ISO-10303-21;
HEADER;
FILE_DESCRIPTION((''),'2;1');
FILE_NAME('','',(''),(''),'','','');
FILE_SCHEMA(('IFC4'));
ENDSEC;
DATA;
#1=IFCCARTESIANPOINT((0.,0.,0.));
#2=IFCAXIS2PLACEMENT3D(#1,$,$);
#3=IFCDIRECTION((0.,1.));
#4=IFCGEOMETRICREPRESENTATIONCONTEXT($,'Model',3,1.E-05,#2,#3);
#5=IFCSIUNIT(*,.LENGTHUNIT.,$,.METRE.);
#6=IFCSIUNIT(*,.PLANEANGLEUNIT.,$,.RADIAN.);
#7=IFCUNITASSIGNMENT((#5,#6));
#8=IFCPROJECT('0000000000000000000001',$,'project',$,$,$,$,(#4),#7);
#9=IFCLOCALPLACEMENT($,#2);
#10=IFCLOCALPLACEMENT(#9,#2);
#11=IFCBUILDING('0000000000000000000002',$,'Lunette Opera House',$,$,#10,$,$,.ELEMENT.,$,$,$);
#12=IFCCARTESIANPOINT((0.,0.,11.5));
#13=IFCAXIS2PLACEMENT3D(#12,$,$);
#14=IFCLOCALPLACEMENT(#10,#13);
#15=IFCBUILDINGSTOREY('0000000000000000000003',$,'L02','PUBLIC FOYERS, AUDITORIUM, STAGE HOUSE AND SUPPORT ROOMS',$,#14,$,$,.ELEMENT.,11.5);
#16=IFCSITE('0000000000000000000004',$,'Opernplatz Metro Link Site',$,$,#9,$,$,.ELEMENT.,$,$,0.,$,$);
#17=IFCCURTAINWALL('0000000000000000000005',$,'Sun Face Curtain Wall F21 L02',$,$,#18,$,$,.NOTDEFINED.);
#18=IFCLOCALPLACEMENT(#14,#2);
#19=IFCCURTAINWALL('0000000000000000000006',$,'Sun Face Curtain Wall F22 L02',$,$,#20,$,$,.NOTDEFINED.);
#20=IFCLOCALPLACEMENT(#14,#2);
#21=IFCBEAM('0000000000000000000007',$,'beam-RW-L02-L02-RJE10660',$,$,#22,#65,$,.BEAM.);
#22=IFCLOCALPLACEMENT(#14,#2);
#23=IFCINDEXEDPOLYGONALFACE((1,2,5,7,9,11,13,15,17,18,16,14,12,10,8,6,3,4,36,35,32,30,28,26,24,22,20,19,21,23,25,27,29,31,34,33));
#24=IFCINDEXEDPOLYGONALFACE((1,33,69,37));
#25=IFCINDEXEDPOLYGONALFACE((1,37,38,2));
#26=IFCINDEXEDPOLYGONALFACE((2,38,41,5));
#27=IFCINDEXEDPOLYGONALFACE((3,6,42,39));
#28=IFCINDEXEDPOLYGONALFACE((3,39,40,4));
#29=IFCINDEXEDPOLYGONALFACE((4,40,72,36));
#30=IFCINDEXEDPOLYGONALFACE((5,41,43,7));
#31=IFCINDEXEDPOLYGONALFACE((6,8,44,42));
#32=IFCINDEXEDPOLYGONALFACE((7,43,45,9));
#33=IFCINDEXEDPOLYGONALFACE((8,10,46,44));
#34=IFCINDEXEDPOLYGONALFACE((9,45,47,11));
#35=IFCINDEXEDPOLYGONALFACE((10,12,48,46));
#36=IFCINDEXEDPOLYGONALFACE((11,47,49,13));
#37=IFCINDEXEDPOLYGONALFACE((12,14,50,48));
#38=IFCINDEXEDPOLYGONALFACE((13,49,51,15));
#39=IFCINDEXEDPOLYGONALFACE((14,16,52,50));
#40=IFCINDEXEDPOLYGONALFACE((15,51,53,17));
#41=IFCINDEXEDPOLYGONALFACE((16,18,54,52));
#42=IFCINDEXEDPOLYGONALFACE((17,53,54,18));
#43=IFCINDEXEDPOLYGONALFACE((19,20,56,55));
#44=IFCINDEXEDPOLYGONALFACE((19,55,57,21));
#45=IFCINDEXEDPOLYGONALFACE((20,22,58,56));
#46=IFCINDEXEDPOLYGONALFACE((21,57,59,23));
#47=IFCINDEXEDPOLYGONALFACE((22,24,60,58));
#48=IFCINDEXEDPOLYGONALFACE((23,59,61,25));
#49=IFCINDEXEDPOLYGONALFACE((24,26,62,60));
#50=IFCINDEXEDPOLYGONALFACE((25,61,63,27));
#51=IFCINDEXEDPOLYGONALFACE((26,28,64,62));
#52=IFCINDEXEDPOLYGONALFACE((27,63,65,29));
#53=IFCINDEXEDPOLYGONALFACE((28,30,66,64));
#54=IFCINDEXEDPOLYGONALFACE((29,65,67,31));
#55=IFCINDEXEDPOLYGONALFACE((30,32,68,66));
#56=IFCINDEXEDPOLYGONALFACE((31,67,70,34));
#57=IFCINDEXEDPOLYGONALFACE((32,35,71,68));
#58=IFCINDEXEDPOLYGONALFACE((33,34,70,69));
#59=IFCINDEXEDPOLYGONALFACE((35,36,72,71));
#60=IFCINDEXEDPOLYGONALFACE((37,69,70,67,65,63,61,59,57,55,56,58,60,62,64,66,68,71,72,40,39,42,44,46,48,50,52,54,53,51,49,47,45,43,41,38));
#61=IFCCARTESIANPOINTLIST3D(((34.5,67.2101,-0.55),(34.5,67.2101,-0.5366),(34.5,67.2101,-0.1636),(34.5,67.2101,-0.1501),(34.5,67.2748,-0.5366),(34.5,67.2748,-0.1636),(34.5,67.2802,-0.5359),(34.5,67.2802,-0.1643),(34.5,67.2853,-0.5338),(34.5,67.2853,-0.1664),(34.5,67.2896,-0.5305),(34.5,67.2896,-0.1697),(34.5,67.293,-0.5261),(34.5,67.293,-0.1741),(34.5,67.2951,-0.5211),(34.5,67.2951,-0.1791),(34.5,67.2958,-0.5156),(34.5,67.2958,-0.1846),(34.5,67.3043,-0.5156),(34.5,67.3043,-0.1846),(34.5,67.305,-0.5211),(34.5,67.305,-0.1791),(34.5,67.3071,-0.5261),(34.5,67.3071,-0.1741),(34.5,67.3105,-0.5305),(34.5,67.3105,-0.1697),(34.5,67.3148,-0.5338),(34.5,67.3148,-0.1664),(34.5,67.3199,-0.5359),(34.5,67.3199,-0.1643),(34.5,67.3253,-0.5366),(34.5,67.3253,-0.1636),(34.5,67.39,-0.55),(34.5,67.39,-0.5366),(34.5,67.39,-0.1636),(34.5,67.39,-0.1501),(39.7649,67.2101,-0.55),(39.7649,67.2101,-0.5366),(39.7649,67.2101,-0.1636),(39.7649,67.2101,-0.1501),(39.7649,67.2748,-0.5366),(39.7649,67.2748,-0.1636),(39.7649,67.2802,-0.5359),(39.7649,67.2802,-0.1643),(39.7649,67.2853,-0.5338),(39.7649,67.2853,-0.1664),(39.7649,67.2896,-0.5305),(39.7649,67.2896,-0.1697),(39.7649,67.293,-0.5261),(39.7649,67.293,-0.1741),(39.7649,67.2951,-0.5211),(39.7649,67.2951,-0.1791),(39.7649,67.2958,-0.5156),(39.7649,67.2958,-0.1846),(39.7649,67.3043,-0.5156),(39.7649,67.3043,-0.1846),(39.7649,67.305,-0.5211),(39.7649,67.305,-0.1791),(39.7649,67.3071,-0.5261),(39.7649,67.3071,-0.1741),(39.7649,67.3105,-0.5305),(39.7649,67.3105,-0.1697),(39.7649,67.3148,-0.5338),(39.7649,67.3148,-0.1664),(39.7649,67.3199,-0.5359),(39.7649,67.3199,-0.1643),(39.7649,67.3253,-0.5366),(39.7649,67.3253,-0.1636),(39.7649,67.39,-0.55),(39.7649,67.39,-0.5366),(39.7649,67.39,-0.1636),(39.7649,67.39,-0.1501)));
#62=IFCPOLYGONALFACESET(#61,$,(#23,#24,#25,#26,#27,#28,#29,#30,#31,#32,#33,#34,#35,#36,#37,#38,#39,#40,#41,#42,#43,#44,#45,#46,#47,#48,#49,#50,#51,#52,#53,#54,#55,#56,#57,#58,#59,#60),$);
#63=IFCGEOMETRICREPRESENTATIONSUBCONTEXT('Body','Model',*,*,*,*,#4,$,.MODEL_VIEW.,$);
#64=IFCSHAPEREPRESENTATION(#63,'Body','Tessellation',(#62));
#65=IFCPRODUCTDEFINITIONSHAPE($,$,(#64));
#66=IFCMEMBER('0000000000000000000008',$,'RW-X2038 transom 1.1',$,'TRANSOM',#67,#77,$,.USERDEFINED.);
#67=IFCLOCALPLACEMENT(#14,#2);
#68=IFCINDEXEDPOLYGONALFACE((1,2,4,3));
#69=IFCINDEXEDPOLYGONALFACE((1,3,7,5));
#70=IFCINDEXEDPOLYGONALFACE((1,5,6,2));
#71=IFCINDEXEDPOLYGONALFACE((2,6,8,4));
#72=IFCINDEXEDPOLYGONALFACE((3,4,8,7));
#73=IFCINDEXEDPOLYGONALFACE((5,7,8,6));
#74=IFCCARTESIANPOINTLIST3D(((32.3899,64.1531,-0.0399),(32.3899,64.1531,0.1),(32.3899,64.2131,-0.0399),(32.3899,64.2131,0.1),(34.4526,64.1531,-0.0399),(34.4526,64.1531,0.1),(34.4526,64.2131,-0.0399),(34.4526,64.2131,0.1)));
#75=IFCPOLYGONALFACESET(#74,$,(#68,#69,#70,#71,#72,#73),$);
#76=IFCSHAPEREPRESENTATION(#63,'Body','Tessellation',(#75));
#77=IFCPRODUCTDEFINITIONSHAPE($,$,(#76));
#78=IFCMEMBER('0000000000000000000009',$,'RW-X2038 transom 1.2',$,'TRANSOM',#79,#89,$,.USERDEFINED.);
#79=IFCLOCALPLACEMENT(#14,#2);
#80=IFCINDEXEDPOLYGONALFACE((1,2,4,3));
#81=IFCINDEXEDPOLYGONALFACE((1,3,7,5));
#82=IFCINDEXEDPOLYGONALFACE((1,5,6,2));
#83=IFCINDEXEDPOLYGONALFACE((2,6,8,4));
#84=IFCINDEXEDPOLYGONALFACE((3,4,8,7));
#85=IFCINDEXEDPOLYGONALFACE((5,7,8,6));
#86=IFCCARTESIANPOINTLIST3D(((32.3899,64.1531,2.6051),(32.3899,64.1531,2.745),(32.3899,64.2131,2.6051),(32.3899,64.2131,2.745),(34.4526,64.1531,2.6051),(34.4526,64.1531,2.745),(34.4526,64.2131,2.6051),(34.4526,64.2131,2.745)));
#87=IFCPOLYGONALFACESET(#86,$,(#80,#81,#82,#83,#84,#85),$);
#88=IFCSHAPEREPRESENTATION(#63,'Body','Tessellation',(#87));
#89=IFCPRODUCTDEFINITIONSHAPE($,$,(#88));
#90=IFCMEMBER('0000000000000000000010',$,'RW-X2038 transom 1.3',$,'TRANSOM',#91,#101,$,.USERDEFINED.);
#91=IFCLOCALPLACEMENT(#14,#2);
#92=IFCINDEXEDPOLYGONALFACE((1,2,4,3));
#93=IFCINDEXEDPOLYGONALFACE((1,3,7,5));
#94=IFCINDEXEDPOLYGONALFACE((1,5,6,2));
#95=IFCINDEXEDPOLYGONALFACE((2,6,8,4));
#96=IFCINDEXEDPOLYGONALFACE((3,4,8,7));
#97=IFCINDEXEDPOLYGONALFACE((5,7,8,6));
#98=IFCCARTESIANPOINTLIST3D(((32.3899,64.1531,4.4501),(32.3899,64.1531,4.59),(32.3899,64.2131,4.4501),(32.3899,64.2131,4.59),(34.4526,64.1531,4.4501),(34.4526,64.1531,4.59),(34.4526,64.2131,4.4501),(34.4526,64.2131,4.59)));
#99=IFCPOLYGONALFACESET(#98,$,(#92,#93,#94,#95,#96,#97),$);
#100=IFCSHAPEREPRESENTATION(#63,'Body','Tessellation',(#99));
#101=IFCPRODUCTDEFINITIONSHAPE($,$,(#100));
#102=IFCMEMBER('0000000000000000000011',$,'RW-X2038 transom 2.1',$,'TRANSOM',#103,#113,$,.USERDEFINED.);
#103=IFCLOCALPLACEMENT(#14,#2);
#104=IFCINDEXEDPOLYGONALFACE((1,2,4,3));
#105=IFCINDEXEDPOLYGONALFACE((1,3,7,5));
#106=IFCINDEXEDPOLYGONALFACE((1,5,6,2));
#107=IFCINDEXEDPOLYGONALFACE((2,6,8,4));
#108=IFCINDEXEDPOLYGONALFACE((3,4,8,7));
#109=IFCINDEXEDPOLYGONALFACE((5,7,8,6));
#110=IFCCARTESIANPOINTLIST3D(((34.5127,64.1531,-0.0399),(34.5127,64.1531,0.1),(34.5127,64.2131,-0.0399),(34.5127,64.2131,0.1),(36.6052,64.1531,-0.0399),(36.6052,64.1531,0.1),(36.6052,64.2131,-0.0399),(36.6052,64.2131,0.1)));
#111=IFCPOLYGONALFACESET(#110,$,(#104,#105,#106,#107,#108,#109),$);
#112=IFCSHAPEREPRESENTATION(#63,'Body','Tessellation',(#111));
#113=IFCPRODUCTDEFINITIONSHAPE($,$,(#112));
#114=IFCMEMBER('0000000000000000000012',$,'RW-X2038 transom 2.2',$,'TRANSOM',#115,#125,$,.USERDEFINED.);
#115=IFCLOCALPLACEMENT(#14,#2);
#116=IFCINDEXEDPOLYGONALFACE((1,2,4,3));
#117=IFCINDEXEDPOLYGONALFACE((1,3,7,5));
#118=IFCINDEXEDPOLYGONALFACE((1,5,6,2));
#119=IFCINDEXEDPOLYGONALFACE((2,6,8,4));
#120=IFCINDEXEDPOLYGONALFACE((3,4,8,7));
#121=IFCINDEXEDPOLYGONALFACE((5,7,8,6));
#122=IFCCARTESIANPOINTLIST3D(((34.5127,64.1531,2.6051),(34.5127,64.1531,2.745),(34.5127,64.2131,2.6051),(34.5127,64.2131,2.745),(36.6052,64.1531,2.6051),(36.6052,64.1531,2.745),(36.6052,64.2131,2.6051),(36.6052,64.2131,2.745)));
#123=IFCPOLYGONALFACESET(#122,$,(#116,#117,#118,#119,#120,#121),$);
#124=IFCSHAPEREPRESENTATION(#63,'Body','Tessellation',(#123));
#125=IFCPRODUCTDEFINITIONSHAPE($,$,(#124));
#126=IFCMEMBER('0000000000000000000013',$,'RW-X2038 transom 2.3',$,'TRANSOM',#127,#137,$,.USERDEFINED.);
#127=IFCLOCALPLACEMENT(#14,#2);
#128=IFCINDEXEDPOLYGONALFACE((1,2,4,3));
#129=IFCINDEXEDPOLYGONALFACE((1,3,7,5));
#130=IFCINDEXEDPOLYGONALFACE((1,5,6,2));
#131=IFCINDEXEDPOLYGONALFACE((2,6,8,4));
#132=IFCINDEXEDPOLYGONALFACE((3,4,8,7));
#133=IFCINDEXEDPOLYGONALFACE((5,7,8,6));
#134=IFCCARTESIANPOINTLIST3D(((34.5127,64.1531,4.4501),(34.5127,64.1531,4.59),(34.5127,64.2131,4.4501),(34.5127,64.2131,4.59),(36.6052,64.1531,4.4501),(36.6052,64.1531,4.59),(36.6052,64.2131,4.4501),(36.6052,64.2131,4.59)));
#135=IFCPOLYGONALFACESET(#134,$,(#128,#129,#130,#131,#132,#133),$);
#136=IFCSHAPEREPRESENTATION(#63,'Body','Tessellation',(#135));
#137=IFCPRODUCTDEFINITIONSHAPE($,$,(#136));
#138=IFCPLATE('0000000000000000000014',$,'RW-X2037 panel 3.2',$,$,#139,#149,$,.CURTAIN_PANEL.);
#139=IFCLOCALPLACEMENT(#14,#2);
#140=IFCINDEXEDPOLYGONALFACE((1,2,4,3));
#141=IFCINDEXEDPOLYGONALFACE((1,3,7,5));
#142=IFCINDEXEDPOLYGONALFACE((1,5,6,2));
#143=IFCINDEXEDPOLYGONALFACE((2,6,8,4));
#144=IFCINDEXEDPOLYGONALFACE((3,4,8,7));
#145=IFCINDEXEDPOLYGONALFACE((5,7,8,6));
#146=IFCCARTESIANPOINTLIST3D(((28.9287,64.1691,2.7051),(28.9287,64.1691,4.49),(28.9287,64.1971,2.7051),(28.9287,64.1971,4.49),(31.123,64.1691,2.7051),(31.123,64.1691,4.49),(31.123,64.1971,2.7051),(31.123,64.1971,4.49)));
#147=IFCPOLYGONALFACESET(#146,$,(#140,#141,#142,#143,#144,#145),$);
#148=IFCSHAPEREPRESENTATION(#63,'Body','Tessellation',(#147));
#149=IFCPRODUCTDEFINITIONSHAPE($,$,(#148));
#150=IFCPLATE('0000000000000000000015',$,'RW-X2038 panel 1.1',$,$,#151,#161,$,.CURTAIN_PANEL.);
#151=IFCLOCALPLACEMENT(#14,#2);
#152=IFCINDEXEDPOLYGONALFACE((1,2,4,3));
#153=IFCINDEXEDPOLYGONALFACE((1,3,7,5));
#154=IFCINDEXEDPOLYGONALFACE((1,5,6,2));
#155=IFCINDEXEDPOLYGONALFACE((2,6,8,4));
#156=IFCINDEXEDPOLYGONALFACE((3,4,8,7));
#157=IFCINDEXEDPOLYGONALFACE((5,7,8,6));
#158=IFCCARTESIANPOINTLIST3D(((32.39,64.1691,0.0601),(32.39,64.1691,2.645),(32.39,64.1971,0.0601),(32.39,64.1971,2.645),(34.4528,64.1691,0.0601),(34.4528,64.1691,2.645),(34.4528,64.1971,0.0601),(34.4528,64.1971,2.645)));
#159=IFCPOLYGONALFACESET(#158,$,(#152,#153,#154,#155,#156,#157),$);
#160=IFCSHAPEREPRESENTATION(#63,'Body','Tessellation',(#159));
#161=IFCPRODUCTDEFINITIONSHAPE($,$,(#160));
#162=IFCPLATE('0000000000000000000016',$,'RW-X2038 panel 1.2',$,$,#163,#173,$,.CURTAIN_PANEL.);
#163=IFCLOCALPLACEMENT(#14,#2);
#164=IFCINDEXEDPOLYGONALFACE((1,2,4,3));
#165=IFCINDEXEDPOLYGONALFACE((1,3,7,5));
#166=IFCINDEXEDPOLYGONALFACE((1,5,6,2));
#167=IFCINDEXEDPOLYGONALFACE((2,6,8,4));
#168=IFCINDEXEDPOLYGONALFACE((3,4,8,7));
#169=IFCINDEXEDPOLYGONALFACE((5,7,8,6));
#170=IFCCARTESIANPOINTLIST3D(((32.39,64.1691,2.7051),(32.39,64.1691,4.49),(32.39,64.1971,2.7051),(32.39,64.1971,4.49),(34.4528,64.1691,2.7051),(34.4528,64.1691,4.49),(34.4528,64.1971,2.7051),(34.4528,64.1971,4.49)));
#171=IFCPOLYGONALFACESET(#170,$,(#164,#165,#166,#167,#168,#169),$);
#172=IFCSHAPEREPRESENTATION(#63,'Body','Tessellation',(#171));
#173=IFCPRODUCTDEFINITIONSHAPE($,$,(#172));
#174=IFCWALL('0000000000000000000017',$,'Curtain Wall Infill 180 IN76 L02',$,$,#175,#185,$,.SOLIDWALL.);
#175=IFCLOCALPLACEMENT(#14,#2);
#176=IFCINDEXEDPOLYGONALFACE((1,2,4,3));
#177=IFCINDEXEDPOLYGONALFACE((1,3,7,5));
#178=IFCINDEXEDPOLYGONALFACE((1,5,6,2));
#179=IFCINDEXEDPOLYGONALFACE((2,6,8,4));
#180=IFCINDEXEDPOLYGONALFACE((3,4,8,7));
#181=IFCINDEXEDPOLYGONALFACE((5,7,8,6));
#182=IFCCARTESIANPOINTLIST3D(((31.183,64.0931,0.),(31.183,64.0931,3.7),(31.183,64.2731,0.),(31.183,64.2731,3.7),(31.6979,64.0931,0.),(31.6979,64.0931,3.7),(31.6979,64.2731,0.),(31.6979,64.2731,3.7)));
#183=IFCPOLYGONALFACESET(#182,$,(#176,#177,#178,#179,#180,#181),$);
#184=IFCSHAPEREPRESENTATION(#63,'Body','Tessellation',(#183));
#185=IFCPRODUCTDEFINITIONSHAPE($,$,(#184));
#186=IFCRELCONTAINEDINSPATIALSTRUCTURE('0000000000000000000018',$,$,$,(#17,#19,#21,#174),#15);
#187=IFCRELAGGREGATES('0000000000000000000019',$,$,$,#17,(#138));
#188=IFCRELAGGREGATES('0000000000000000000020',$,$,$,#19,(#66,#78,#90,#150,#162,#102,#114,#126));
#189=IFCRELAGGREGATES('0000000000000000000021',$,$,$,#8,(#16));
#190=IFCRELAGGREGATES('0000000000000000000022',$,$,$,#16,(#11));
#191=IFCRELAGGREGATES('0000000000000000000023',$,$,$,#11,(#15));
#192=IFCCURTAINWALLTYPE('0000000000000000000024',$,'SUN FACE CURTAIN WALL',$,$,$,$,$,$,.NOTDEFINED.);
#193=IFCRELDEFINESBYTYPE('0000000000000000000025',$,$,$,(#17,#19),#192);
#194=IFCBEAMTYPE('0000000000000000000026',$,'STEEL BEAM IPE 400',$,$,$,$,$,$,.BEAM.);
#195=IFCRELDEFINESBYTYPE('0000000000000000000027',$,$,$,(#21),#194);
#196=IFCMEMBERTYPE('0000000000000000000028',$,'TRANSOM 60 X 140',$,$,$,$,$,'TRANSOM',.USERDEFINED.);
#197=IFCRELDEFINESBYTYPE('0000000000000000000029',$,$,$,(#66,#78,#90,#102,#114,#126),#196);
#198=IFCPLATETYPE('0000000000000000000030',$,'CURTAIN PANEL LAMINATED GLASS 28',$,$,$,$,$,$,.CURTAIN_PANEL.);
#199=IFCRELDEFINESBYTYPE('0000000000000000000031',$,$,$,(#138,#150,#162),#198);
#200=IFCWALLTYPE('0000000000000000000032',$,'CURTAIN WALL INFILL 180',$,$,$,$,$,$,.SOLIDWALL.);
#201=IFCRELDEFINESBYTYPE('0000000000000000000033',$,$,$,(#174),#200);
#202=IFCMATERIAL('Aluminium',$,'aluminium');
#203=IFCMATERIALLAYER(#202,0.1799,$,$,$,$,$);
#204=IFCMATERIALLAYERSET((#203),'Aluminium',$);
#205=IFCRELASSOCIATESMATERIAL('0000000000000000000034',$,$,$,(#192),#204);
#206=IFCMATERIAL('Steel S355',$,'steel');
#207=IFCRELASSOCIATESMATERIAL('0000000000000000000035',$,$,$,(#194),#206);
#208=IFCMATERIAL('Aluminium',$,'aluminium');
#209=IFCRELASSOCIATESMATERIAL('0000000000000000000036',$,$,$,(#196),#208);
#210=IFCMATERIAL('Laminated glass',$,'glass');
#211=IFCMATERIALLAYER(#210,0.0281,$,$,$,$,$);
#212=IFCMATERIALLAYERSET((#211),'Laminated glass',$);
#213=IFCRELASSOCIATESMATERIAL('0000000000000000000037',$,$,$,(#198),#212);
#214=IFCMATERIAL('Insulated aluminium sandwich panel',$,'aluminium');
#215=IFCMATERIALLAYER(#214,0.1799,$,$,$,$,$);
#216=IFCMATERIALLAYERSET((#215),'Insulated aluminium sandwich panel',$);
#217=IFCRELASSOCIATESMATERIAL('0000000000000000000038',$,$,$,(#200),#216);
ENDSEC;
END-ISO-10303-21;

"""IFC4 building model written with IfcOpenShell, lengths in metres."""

from ifc_helpers import new_model, si_unit, direction, frame, frame_2d, origin, origin_2d, place, context, subcontext, project, spatial, rectangle, i_section, extrude, material, layer, layer_set, material_profile, profile_set, type_object, element, aggregate, save


model = new_model("IFC4")

# Units and contexts
model_context = context("Model", 3, precision=1e-05, world=origin(), true_north=direction((0.0, 1.0)))
body_context = subcontext(model_context, "Body", "Model", "MODEL_VIEW")
ifc_project = project(units=[si_unit("LENGTHUNIT", "METRE"), si_unit("PLANEANGLEUNIT", "RADIAN")], contexts=[model_context])

# Site, building, storey
site_placement = place(None, origin())
site = spatial("IfcSite", under=ifc_project, at=site_placement, Name="Opernplatz Metro Link Site", CompositionType="ELEMENT", RefElevation=0.0)
building_placement = place(site_placement, origin())
building = spatial("IfcBuilding", under=site, at=building_placement, Name="Lunette Opera House", CompositionType="ELEMENT")
storey_placement = place(building_placement, frame((0.0, 0.0, 11.5)))
storey = spatial("IfcBuildingStorey", under=building, at=storey_placement, Name="L02", Description="PUBLIC FOYERS, AUDITORIUM, STAGE HOUSE AND SUPPORT ROOMS", CompositionType="ELEMENT", Elevation=11.5)

# Curtain wall
ifc_material_1 = material(Name="Aluminium", Category="aluminium")
ifc_layer_1 = layer(ifc_material_1, 0.1799)
ifc_layer_set_1 = layer_set([ifc_layer_1], Name="Aluminium")
curtain_wall_type = type_object("IfcCurtainWallType", Name="SUN FACE CURTAIN WALL", PredefinedType="NOTDEFINED", material=ifc_layer_set_1)
curtain_wall_1_placement = place(storey_placement, origin())
curtain_wall_1 = element("IfcCurtainWall", 1, at=curtain_wall_1_placement, inside=storey, type_object=curtain_wall_type, Name="Sun Face Curtain Wall F21 L02", PredefinedType="NOTDEFINED")

# Curtain wall
curtain_wall_2_placement = place(storey_placement, origin())
curtain_wall_2 = element("IfcCurtainWall", 2, at=curtain_wall_2_placement, inside=storey, type_object=curtain_wall_type, Name="Sun Face Curtain Wall F22 L02", PredefinedType="NOTDEFINED")

# Beam
ifc_material_2 = material(Name="Steel S355", Category="steel")
ifc_material_profile_1 = material_profile(ifc_material_2, i_section(OverallWidth=0.1799, OverallDepth=0.3999, WebThickness=0.0085, FlangeThickness=0.0134, FilletRadius=0.021, at=origin_2d()), Name="IPE 400")
ifc_profile_set_1 = profile_set([ifc_material_profile_1], Name="Steel S355")
beam_type_1 = type_object("IfcBeamType", Name="STEEL BEAM IPE 400", PredefinedType="BEAM", material=ifc_profile_set_1)
beam_1_placement = place(storey_placement, frame((34.5, 67.3, -0.3501), z_axis=(1.0, 0.0, 0.0), x_axis=(0.0, 1.0, 0.0)))
element("IfcBeam", 3, at=beam_1_placement, inside=storey, type_object=beam_type_1, Name="beam-RW-L02-L02-RJE10660", PredefinedType="BEAM", context=body_context, shape_type="SweptSolid", body=[
    extrude(i_section(OverallWidth=0.1799, OverallDepth=0.3999, WebThickness=0.0085, FlangeThickness=0.0134, FilletRadius=0.021, at=origin_2d()), origin(), (0.0, 0.0, 1.0), 5.2649),
])

# Members
ifc_material_3 = material(Name="Aluminium", Category="aluminium")
ifc_material_profile_2 = material_profile(ifc_material_3, rectangle(XDim=0.0601, YDim=0.1399, at=origin_2d()), Name="TRANSOM 60 X 140")
ifc_profile_set_2 = profile_set([ifc_material_profile_2], Name="Aluminium")
member_type_1 = type_object("IfcMemberType", Name="TRANSOM 60 X 140", ElementType="TRANSOM", PredefinedType="USERDEFINED", material=ifc_profile_set_2)
member_1_placement = place(storey_placement, frame((32.3899, 64.1831, 0.03), z_axis=(1.0, 0.0, 0.0), x_axis=(0.0, 1.0, 0.0)))
member_1 = element("IfcMember", 4, at=member_1_placement, type_object=member_type_1, Name="RW-X2038 transom 1.1", ObjectType="TRANSOM", PredefinedType="USERDEFINED", context=body_context, shape_type="SweptSolid", body=[
    extrude(rectangle(XDim=0.0601, YDim=0.1399, at=origin_2d()), origin(), (0.0, 0.0, 1.0), 2.0627),
])
member_2_placement = place(storey_placement, frame((32.3899, 64.1831, 2.675), z_axis=(1.0, 0.0, 0.0), x_axis=(0.0, 1.0, 0.0)))
member_2 = element("IfcMember", 5, at=member_2_placement, type_object=member_type_1, Name="RW-X2038 transom 1.2", ObjectType="TRANSOM", PredefinedType="USERDEFINED", context=body_context, shape_type="SweptSolid", body=[
    extrude(rectangle(XDim=0.0601, YDim=0.1399, at=origin_2d()), origin(), (0.0, 0.0, 1.0), 2.0627),
])
member_3_placement = place(storey_placement, frame((32.3899, 64.1831, 4.52), z_axis=(1.0, 0.0, 0.0), x_axis=(0.0, 1.0, 0.0)))
member_3 = element("IfcMember", 6, at=member_3_placement, type_object=member_type_1, Name="RW-X2038 transom 1.3", ObjectType="TRANSOM", PredefinedType="USERDEFINED", context=body_context, shape_type="SweptSolid", body=[
    extrude(rectangle(XDim=0.0601, YDim=0.1399, at=origin_2d()), origin(), (0.0, 0.0, 1.0), 2.0627),
])
member_4_placement = place(storey_placement, frame((34.5127, 64.1831, 0.03), z_axis=(1.0, 0.0, 0.0), x_axis=(0.0, 1.0, 0.0)))
member_4 = element("IfcMember", 7, at=member_4_placement, type_object=member_type_1, Name="RW-X2038 transom 2.1", ObjectType="TRANSOM", PredefinedType="USERDEFINED", context=body_context, shape_type="SweptSolid", body=[
    extrude(rectangle(XDim=0.0601, YDim=0.1399, at=origin_2d()), origin(), (0.0, 0.0, 1.0), 2.0925),
])
member_5_placement = place(storey_placement, frame((34.5127, 64.1831, 2.675), z_axis=(1.0, 0.0, 0.0), x_axis=(0.0, 1.0, 0.0)))
member_5 = element("IfcMember", 8, at=member_5_placement, type_object=member_type_1, Name="RW-X2038 transom 2.2", ObjectType="TRANSOM", PredefinedType="USERDEFINED", context=body_context, shape_type="SweptSolid", body=[
    extrude(rectangle(XDim=0.0601, YDim=0.1399, at=origin_2d()), origin(), (0.0, 0.0, 1.0), 2.0925),
])
member_6_placement = place(storey_placement, frame((34.5127, 64.1831, 4.52), z_axis=(1.0, 0.0, 0.0), x_axis=(0.0, 1.0, 0.0)))
member_6 = element("IfcMember", 9, at=member_6_placement, type_object=member_type_1, Name="RW-X2038 transom 2.3", ObjectType="TRANSOM", PredefinedType="USERDEFINED", context=body_context, shape_type="SweptSolid", body=[
    extrude(rectangle(XDim=0.0601, YDim=0.1399, at=origin_2d()), origin(), (0.0, 0.0, 1.0), 2.0925),
])

# Plates
ifc_material_4 = material(Name="Laminated glass", Category="glass")
ifc_layer_2 = layer(ifc_material_4, 0.0281)
ifc_layer_set_2 = layer_set([ifc_layer_2], Name="Laminated glass")
plate_type = type_object("IfcPlateType", Name="CURTAIN PANEL LAMINATED GLASS 28", PredefinedType="CURTAIN_PANEL", material=ifc_layer_set_2)
plate_1_placement = place(storey_placement, frame((30.0259, 64.1831, 2.7051), z_axis=(0.0, 0.0, 1.0), x_axis=(1.0, 0.0, 0.0)))
plate_1 = element("IfcPlate", 10, at=plate_1_placement, type_object=plate_type, Name="RW-X2037 panel 3.2", PredefinedType="CURTAIN_PANEL", context=body_context, shape_type="SweptSolid", body=[
    extrude(rectangle(XDim=2.1943, YDim=0.0281, at=origin_2d()), origin(), (0.0, 0.0, 1.0), 1.7849),
])
aggregate(curtain_wall_1, [plate_1])
plate_2_placement = place(storey_placement, frame((33.4214, 64.1831, 0.0601), z_axis=(0.0, 0.0, 1.0), x_axis=(1.0, 0.0, 0.0)))
plate_2 = element("IfcPlate", 11, at=plate_2_placement, type_object=plate_type, Name="RW-X2038 panel 1.1", PredefinedType="CURTAIN_PANEL", context=body_context, shape_type="SweptSolid", body=[
    extrude(rectangle(XDim=2.0627, YDim=0.0281, at=origin_2d()), origin(), (0.0, 0.0, 1.0), 2.585),
])
plate_3_placement = place(storey_placement, frame((33.4214, 64.1831, 2.7051), z_axis=(0.0, 0.0, 1.0), x_axis=(1.0, 0.0, 0.0)))
plate_3 = element("IfcPlate", 12, at=plate_3_placement, type_object=plate_type, Name="RW-X2038 panel 1.2", PredefinedType="CURTAIN_PANEL", context=body_context, shape_type="SweptSolid", body=[
    extrude(rectangle(XDim=2.0627, YDim=0.0281, at=origin_2d()), origin(), (0.0, 0.0, 1.0), 1.7849),
])
aggregate(curtain_wall_2, [member_1, member_2, member_3, plate_2, plate_3, member_4, member_5, member_6])

# Wall
ifc_material_5 = material(Name="Insulated aluminium sandwich panel", Category="aluminium")
ifc_layer_3 = layer(ifc_material_5, 0.1799)
ifc_layer_set_3 = layer_set([ifc_layer_3], Name="Insulated aluminium sandwich panel")
wall_type_1 = type_object("IfcWallType", Name="CURTAIN WALL INFILL 180", PredefinedType="SOLIDWALL", material=ifc_layer_set_3)
wall_1_placement = place(storey_placement, frame((31.1831, 64.1831, 0.0), z_axis=(0.0, 0.0, 1.0), x_axis=(1.0, 0.0, 0.0)))
element("IfcWall", 13, at=wall_1_placement, inside=storey, type_object=wall_type_1, Name="Curtain Wall Infill 180 IN76 L02", PredefinedType="SOLIDWALL", context=body_context, shape_type="SweptSolid", body=[
    extrude(rectangle(XDim=0.5149, YDim=0.1799, at=frame_2d((0.2573, 0.0))), origin(), (0.0, 0.0, 1.0), 3.7),
])

save(model, "model.ifc")
